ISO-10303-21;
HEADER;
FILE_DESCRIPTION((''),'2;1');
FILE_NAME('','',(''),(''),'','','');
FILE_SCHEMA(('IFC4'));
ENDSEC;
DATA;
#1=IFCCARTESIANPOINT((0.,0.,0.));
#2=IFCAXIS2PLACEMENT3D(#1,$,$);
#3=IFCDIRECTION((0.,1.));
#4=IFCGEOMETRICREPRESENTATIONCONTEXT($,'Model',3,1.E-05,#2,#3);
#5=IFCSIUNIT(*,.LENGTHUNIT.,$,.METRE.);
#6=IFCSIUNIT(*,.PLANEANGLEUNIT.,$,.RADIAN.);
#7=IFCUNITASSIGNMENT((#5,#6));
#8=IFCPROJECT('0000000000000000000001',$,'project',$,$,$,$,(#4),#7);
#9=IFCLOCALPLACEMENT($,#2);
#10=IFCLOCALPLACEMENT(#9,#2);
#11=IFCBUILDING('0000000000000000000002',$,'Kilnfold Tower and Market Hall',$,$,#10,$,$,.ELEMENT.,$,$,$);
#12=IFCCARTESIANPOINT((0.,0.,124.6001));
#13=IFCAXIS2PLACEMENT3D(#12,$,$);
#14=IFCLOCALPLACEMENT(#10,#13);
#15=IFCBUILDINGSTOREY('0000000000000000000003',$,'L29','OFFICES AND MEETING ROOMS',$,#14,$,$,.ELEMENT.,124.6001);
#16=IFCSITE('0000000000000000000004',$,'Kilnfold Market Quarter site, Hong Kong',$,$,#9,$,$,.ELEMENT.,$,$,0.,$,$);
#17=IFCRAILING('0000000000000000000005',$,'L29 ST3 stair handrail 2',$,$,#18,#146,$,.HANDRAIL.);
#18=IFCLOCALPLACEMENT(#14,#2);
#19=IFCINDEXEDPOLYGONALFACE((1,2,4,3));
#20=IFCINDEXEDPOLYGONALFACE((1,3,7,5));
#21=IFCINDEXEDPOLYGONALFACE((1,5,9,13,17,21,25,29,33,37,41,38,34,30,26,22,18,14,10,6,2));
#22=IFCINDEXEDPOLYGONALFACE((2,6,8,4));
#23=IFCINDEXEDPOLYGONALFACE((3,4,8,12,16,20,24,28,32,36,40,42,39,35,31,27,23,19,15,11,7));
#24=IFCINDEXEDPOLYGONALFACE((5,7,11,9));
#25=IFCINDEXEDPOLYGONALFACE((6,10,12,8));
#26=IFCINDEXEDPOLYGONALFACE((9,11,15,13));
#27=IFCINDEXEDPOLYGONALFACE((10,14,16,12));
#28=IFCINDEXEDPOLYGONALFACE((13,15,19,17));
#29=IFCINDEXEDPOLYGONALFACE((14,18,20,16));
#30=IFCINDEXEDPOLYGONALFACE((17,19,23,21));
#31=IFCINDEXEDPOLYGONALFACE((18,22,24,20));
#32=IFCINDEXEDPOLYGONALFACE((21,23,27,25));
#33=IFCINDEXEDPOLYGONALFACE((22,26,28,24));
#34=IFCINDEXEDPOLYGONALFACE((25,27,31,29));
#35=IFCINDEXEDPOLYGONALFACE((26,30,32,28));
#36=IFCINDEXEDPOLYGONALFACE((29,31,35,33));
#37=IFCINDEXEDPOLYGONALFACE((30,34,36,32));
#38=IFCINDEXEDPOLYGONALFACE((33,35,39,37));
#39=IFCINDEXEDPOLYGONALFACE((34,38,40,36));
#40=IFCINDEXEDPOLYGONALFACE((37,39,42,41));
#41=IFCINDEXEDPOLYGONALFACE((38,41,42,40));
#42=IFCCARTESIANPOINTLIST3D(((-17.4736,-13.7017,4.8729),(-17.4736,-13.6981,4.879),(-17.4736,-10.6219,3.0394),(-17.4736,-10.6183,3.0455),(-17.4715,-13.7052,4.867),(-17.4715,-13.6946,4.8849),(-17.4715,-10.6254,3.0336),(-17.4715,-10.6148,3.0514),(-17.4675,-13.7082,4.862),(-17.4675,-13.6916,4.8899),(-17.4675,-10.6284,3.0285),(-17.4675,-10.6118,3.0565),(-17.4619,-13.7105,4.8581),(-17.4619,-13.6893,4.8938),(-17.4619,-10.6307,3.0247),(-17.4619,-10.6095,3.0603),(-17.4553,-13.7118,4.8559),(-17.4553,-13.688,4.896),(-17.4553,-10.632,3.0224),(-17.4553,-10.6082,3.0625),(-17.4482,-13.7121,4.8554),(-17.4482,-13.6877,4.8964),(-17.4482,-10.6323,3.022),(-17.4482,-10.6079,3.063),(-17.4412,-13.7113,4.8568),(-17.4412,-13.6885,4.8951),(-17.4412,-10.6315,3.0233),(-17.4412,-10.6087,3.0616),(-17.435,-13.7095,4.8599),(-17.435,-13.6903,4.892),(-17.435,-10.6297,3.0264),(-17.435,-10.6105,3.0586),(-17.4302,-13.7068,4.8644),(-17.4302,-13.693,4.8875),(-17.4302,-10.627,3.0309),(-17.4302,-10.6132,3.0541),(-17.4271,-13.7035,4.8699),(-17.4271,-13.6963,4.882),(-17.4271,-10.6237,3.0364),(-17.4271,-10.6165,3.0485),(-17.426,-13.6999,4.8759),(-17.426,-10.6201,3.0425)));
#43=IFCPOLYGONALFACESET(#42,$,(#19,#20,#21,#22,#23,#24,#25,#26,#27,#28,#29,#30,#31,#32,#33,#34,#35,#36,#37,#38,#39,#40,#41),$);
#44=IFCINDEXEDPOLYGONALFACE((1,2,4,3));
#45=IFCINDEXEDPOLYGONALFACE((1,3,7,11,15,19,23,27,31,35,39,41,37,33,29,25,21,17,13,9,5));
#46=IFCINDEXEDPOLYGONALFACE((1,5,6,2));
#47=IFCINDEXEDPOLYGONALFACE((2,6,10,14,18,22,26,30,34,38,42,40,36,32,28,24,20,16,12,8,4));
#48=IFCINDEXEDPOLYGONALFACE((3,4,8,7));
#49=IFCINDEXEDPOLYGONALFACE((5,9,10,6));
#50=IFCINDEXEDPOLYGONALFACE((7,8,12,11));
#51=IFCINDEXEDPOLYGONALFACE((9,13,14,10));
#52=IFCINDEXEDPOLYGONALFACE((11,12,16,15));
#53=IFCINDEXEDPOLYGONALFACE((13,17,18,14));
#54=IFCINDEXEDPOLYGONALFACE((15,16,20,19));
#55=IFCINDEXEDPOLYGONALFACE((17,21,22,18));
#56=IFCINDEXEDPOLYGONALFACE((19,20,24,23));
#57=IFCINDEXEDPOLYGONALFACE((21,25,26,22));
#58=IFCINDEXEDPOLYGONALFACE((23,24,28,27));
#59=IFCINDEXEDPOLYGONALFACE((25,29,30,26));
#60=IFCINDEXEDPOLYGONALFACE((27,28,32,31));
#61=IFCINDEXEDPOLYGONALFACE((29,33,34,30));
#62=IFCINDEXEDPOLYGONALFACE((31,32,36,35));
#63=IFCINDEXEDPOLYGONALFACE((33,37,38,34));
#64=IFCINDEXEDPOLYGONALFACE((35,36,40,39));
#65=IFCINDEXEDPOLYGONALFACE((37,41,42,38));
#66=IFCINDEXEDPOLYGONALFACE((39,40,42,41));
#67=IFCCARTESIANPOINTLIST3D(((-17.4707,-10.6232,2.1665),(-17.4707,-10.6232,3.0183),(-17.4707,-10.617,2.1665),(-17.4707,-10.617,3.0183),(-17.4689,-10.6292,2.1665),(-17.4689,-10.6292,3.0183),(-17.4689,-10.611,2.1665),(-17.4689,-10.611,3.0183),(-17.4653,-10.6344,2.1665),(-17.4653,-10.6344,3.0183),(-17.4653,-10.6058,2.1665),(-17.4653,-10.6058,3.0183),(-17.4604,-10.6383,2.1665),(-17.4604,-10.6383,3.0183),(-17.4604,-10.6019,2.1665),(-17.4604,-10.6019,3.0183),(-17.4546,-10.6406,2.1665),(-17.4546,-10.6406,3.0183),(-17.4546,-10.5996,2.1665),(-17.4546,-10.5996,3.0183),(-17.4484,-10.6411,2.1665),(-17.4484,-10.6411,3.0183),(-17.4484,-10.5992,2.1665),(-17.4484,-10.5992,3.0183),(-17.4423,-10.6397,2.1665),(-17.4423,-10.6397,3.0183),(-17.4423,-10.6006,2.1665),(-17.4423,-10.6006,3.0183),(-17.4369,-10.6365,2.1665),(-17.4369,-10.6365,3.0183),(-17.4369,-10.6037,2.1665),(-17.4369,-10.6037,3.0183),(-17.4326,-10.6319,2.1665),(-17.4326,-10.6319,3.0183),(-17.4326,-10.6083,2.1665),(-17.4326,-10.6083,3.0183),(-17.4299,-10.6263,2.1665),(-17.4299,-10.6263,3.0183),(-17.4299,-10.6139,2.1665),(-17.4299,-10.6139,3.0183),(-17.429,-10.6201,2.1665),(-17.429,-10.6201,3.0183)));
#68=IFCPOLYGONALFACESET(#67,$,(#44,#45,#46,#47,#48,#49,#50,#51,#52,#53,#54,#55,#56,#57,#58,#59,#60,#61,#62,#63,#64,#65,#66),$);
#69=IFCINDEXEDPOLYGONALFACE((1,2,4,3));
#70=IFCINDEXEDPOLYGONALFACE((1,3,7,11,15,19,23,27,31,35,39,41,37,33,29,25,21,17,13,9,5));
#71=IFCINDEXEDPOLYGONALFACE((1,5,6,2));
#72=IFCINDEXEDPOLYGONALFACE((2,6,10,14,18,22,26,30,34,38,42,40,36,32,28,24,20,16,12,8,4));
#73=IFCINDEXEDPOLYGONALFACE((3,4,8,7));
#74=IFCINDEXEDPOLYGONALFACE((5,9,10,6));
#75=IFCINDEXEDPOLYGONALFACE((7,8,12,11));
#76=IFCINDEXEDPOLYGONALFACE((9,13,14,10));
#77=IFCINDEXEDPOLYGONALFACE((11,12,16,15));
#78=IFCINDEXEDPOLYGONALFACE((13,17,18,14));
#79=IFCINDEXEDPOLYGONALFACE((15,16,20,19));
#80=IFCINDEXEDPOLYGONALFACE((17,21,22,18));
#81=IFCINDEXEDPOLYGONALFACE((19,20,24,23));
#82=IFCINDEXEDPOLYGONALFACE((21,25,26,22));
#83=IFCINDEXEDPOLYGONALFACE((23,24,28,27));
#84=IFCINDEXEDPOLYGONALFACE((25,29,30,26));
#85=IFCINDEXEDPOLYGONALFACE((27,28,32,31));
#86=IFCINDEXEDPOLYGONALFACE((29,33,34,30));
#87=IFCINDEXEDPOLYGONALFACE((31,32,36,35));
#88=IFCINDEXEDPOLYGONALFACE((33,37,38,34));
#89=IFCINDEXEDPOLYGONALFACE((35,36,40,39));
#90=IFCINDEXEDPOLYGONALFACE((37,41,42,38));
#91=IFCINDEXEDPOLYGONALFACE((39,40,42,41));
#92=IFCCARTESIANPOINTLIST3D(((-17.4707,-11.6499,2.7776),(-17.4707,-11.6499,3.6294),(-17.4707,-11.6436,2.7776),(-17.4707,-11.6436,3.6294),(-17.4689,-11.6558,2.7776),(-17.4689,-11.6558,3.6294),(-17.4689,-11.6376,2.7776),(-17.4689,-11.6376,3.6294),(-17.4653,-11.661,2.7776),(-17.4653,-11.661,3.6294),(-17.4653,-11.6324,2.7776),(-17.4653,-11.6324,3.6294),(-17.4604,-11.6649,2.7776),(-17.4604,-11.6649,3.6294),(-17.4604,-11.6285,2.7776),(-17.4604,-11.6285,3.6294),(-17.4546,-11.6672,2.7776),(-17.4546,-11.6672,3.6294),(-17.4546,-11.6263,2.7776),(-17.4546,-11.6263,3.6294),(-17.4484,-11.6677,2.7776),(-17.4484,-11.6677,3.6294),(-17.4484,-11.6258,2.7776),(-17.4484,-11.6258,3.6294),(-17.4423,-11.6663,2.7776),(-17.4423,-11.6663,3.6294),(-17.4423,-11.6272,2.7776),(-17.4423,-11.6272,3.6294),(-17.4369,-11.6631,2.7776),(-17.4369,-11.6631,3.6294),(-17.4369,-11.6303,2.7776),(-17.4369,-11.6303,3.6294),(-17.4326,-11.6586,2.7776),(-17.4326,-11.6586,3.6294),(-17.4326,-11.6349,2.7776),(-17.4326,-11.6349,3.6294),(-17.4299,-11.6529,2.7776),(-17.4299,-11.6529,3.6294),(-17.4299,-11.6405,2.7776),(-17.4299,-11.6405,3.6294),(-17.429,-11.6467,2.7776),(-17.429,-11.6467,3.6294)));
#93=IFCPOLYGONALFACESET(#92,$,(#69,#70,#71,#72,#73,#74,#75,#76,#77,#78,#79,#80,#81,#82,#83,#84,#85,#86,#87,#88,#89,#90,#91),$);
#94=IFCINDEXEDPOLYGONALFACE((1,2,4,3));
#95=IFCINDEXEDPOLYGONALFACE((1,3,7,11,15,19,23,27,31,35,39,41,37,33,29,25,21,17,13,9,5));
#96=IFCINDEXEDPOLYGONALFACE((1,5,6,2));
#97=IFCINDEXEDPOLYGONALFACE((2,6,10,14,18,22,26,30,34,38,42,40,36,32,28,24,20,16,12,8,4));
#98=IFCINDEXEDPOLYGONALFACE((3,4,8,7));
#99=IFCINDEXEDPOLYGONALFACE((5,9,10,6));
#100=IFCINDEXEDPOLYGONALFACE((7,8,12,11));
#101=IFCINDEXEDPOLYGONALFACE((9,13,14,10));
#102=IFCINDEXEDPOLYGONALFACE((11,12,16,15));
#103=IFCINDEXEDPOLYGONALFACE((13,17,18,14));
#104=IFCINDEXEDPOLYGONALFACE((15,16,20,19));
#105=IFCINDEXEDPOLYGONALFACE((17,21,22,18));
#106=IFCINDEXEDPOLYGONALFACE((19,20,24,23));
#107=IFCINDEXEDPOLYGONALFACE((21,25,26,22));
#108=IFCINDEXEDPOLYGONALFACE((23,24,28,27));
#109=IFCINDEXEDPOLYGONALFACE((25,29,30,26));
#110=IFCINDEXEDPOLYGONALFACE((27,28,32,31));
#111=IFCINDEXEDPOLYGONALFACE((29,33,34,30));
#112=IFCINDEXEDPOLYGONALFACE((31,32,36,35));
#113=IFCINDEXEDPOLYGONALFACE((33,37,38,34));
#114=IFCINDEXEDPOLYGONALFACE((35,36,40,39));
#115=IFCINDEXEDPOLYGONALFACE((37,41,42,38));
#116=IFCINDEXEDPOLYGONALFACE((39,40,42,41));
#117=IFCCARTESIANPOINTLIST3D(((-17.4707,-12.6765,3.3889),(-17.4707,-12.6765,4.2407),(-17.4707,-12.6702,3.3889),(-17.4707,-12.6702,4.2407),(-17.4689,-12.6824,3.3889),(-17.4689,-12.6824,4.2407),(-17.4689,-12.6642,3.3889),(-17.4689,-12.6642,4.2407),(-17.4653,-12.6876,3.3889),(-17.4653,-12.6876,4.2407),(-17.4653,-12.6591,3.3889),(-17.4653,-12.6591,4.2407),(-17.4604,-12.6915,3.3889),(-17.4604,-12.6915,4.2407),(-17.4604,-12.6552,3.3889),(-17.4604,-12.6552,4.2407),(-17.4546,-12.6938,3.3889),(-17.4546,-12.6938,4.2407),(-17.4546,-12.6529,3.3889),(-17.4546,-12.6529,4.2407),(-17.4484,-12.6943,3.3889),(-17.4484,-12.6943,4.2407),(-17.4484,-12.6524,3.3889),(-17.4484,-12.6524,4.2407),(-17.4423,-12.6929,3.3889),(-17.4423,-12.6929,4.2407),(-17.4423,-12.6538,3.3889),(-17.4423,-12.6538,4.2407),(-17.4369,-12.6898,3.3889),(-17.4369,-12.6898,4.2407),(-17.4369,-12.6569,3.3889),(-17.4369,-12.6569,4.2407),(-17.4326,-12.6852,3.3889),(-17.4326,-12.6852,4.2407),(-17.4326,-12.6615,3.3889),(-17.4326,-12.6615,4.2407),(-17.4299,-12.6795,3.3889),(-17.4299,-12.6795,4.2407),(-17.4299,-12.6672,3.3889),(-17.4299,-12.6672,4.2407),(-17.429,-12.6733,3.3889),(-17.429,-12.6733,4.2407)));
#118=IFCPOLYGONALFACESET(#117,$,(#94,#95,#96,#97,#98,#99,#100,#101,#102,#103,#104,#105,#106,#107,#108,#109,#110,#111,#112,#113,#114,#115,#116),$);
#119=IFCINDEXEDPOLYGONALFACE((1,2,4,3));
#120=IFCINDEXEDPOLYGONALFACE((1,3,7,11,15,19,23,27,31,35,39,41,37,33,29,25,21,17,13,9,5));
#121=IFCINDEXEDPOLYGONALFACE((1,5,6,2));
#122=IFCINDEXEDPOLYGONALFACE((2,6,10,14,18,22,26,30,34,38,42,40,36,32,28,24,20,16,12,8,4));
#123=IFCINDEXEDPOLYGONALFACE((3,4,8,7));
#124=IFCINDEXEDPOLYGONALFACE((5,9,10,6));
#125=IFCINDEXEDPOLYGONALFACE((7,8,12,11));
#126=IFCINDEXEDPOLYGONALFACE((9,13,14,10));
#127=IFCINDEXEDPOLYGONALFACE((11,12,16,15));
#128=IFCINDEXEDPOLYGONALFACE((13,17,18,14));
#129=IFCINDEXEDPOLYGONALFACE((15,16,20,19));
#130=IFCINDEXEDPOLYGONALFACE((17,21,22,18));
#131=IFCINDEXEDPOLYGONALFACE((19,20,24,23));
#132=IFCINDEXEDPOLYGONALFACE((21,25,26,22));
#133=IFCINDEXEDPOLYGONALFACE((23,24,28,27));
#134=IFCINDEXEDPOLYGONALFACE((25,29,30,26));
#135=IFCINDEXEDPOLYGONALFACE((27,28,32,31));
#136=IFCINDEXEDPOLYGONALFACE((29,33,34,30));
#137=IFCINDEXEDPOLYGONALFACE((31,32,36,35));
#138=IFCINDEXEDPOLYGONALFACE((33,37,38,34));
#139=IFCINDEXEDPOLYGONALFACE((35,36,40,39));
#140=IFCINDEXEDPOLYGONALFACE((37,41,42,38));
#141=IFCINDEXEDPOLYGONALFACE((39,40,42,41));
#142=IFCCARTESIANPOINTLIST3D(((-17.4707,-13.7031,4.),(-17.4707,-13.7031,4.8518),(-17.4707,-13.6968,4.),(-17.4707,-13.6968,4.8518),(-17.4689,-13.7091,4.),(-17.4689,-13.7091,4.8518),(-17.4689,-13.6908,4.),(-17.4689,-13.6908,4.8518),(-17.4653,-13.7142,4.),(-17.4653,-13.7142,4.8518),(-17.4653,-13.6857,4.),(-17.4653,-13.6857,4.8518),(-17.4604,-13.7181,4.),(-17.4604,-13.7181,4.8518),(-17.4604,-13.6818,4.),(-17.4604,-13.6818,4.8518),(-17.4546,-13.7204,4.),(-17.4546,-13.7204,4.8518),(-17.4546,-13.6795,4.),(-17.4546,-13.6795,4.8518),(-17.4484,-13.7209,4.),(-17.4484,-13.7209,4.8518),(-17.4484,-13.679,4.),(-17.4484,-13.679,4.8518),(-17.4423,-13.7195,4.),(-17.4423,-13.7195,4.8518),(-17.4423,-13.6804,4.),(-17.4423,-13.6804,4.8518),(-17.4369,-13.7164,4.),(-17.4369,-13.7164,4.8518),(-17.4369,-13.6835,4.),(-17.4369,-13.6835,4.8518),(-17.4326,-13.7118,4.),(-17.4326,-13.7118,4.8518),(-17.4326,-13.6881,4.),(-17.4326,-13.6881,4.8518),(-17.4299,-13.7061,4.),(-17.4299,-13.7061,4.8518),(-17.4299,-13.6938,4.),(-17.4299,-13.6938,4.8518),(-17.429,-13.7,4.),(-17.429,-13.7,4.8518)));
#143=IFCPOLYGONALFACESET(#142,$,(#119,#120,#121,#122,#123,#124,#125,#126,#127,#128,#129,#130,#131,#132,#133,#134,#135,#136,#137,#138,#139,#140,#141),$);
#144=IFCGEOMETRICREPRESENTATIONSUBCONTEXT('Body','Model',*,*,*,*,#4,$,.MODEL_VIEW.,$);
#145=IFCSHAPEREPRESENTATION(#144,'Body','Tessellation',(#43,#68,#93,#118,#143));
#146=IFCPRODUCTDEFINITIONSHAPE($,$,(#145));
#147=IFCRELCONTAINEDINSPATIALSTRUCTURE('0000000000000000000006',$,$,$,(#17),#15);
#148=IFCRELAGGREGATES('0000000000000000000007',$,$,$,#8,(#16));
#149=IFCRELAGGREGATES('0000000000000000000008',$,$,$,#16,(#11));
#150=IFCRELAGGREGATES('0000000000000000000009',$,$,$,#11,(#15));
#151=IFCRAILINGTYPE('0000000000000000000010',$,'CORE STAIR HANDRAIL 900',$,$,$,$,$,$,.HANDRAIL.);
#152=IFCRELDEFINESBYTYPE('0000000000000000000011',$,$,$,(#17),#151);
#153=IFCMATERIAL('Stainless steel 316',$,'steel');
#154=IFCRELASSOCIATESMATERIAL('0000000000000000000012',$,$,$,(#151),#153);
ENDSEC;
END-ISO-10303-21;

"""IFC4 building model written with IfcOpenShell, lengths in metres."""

from ifc_helpers import new_model, si_unit, direction, frame, origin, origin_2d, place, context, subcontext, project, spatial, circle, extrude, material, type_object, element, save


model = new_model("IFC4")

# Units and contexts
model_context = context("Model", 3, precision=1e-05, world=origin(), true_north=direction((0.0, 1.0)))
body_context = subcontext(model_context, "Body", "Model", "MODEL_VIEW")
ifc_project = project(units=[si_unit("LENGTHUNIT", "METRE"), si_unit("PLANEANGLEUNIT", "RADIAN")], contexts=[model_context])

# Site, building, storey
site_placement = place(None, origin())
site = spatial("IfcSite", under=ifc_project, at=site_placement, Name="Kilnfold Market Quarter site, Hong Kong", CompositionType="ELEMENT", RefElevation=0.0)
building_placement = place(site_placement, origin())
building = spatial("IfcBuilding", under=site, at=building_placement, Name="Kilnfold Tower and Market Hall", CompositionType="ELEMENT")
storey_placement = place(building_placement, frame((0.0, 0.0, 124.6001)))
storey = spatial("IfcBuildingStorey", under=building, at=storey_placement, Name="L29", Description="OFFICES AND MEETING ROOMS", CompositionType="ELEMENT", Elevation=124.6001)

# Railing
ifc_material_1 = material(Name="Stainless steel 316", Category="steel")
railing_type_1 = type_object("IfcRailingType", Name="CORE STAIR HANDRAIL 900", PredefinedType="HANDRAIL", material=ifc_material_1)
railing_1_placement = place(storey_placement, frame((-17.45, -10.6201, 2.1665)))
element("IfcRailing", 1, at=railing_1_placement, inside=storey, type_object=railing_type_1, Name="L29 ST3 stair handrail 2", PredefinedType="HANDRAIL", context=body_context, shape_type="SweptSolid", body=[
    extrude(circle(Radius=0.0239, at=origin_2d()), frame((0.0, 0.0, 0.876), z_axis=(0.0, -0.859261, 0.511538), x_axis=(1.0, 0.0, 0.0)), (0.0, 0.0, 1.0), 3.5842),
    extrude(circle(Radius=0.021, at=origin_2d()), origin(), (0.0, 0.0, 1.0), 0.8518),
    extrude(circle(Radius=0.021, at=origin_2d()), frame((0.0, -1.0266, 0.6111)), (0.0, 0.0, 1.0), 0.8518),
    extrude(circle(Radius=0.021, at=origin_2d()), frame((0.0, -2.0532, 1.2224)), (0.0, 0.0, 1.0), 0.8518),
    extrude(circle(Radius=0.021, at=origin_2d()), frame((0.0, -3.0798, 1.8335)), (0.0, 0.0, 1.0), 0.8518),
])

save(model, "model.ifc")
